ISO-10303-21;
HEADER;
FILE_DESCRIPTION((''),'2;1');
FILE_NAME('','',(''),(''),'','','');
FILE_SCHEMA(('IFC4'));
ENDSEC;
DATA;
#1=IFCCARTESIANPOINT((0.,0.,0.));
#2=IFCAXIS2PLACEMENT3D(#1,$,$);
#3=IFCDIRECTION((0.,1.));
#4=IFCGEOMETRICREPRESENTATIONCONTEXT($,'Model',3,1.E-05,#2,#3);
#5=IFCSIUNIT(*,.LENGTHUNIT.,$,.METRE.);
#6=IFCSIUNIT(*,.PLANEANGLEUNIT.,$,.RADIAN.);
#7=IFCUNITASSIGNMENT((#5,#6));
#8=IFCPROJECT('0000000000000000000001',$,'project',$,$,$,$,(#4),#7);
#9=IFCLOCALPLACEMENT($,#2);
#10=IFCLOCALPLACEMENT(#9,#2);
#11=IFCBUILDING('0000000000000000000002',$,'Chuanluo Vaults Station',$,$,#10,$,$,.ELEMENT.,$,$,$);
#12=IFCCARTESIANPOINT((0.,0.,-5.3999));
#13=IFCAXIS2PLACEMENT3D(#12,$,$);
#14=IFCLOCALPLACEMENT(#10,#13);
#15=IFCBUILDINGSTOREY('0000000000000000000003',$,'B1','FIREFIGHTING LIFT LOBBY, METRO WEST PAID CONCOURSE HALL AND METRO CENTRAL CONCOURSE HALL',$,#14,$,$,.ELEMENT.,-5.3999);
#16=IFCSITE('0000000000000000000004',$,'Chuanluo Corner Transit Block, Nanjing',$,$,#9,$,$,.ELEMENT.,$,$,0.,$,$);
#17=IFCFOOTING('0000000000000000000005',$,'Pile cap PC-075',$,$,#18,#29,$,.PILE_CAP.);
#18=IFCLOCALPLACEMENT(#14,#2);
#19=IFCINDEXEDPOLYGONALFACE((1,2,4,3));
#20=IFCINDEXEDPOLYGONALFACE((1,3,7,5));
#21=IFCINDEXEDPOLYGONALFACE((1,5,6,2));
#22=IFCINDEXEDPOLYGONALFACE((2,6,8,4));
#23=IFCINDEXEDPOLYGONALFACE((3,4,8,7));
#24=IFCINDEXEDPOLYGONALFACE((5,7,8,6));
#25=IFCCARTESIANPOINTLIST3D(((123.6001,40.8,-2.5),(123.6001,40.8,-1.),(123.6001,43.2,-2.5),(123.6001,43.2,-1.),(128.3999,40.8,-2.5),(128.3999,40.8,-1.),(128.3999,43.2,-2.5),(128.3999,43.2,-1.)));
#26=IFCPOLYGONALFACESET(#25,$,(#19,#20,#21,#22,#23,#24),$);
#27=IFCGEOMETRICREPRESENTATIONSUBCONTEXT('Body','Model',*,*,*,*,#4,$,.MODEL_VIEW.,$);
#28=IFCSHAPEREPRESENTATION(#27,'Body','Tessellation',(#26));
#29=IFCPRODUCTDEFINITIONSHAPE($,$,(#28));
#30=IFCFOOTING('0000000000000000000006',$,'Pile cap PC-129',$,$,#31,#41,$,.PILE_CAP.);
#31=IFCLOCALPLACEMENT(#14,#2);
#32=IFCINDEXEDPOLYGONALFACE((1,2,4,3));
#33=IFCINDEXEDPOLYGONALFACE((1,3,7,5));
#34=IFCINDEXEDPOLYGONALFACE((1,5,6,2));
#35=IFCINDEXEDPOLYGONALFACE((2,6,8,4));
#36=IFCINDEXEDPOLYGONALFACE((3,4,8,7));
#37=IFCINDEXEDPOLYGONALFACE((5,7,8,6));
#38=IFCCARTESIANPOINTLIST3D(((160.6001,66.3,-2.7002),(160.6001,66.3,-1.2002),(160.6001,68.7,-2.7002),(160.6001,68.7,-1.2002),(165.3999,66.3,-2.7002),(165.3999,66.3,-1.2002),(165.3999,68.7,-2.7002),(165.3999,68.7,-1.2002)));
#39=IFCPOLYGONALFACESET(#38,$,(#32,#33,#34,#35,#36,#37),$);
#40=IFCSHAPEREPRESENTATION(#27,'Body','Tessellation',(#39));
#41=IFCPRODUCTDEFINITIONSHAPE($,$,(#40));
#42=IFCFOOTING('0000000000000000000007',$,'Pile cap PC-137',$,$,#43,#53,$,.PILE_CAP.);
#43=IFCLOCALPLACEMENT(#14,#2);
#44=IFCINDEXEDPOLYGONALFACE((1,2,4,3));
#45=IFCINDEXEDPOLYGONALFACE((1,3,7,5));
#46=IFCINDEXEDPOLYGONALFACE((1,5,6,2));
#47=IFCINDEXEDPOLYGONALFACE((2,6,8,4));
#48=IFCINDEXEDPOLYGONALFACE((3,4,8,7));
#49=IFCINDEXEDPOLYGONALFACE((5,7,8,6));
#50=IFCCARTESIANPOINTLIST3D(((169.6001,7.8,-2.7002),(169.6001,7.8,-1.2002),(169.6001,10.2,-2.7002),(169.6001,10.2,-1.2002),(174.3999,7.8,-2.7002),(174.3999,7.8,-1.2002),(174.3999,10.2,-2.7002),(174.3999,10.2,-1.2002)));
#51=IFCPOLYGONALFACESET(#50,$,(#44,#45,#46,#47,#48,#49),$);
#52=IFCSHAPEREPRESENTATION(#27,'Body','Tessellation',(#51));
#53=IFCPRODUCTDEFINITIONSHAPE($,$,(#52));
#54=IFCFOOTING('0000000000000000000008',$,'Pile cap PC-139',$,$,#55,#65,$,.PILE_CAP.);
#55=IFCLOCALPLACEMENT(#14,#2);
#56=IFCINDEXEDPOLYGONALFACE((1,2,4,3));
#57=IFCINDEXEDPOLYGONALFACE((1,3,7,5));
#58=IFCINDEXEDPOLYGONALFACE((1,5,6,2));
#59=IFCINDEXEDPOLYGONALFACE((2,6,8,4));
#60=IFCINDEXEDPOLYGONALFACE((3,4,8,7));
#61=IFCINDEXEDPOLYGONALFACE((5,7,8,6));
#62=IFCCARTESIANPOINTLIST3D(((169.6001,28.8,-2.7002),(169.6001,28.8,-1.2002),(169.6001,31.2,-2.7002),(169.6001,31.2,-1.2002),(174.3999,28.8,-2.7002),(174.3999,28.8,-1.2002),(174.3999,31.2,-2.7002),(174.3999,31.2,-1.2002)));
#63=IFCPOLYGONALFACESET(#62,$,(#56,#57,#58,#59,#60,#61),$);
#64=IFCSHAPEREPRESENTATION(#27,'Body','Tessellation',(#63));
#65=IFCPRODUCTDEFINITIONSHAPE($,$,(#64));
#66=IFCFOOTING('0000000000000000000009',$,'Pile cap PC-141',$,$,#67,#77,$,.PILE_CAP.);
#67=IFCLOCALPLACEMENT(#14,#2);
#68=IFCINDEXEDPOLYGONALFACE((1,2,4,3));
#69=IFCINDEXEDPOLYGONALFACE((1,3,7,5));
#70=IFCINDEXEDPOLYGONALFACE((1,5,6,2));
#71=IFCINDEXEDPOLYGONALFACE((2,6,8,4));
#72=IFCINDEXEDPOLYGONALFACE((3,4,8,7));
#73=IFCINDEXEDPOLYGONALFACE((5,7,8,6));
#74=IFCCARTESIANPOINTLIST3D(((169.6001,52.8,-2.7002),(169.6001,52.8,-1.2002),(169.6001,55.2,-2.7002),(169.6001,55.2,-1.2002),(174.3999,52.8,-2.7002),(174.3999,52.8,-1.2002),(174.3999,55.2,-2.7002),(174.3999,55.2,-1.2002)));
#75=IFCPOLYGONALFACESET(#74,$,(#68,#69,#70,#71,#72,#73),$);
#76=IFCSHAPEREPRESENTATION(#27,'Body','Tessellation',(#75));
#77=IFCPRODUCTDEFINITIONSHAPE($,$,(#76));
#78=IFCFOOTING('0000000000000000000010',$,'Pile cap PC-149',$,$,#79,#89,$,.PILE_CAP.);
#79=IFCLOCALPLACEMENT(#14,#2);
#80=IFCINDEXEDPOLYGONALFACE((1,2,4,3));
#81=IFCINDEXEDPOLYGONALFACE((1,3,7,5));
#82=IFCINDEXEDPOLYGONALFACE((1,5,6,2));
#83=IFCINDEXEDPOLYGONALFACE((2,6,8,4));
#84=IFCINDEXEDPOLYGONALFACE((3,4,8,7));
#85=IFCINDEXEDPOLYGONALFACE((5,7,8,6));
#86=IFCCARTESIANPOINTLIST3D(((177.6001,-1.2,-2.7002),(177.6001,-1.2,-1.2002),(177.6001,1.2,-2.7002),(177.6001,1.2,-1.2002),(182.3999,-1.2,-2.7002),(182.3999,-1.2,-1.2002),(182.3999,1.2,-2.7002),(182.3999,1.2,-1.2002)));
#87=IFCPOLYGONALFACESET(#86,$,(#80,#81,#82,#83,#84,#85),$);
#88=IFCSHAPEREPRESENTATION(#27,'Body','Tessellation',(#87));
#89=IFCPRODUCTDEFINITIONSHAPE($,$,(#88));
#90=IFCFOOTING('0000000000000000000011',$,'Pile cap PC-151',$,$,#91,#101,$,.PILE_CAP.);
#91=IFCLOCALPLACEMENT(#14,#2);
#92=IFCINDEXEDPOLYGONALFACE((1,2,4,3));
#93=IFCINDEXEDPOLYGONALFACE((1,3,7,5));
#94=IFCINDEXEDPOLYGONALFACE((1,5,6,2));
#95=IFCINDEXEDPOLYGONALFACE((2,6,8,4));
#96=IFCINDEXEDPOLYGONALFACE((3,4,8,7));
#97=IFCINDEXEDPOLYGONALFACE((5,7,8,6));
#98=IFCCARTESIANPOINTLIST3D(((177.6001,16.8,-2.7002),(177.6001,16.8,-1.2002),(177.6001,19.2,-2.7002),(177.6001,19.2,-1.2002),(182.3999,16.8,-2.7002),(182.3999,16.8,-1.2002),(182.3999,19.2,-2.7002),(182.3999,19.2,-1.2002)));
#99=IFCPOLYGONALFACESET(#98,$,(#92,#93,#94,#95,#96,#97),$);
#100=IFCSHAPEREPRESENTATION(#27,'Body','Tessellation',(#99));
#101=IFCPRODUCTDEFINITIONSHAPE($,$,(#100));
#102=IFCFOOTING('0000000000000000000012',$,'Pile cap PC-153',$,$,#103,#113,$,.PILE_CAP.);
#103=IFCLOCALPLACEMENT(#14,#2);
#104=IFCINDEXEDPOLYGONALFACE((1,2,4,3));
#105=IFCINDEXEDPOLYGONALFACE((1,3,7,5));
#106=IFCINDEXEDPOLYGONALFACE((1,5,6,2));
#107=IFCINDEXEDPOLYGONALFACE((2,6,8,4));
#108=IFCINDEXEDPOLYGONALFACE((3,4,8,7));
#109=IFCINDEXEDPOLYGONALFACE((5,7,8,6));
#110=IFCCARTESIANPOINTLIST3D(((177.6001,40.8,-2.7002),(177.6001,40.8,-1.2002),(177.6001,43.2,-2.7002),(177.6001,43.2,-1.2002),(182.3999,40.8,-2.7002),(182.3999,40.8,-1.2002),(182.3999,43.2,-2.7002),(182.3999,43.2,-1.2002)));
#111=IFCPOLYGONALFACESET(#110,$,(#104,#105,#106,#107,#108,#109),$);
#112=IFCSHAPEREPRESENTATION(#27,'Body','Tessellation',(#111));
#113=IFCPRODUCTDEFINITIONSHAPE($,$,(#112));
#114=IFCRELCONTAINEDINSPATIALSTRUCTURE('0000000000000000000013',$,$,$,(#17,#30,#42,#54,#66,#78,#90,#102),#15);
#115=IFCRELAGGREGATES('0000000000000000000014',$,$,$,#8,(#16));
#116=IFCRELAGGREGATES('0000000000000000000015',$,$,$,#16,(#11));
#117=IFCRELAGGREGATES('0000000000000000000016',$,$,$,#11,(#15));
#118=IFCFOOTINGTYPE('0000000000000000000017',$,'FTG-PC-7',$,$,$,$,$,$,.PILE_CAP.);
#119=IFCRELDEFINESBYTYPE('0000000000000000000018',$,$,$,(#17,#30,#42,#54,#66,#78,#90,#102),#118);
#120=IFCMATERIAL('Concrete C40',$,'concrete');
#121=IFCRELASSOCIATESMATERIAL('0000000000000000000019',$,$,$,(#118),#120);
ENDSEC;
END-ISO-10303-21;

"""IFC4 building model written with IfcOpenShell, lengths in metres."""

from ifc_helpers import new_model, si_unit, direction, frame, origin, place, context, subcontext, project, spatial, polyline, outline, extrude, material, type_object, element, save


model = new_model("IFC4")

# Units and contexts
model_context = context("Model", 3, precision=1e-05, world=origin(), true_north=direction((0.0, 1.0)))
body_context = subcontext(model_context, "Body", "Model", "MODEL_VIEW")
ifc_project = project(units=[si_unit("LENGTHUNIT", "METRE"), si_unit("PLANEANGLEUNIT", "RADIAN")], contexts=[model_context])

# Site, building, storey
site_placement = place(None, origin())
site = spatial("IfcSite", under=ifc_project, at=site_placement, Name="Chuanluo Corner Transit Block, Nanjing", CompositionType="ELEMENT", RefElevation=0.0)
building_placement = place(site_placement, origin())
building = spatial("IfcBuilding", under=site, at=building_placement, Name="Chuanluo Vaults Station", CompositionType="ELEMENT")
storey_placement = place(building_placement, frame((0.0, 0.0, -5.3999)))
storey = spatial("IfcBuildingStorey", under=building, at=storey_placement, Name="B1", Description="FIREFIGHTING LIFT LOBBY, METRO WEST PAID CONCOURSE HALL AND METRO CENTRAL CONCOURSE HALL", CompositionType="ELEMENT", Elevation=-5.3999)

# Footings
ifc_material_1 = material(Name="Concrete C40", Category="concrete")
footing_type_1 = type_object("IfcFootingType", Name="FTG-PC-7", PredefinedType="PILE_CAP", material=ifc_material_1)
footing_1_placement = place(storey_placement, frame((0.0, 0.0, -2.5)))
element("IfcFooting", 1, at=footing_1_placement, inside=storey, type_object=footing_type_1, Name="Pile cap PC-075", PredefinedType="PILE_CAP", context=body_context, shape_type="SweptSolid", body=[
    extrude(outline(polyline([(123.6001, 40.8), (128.3999, 40.8), (128.3999, 43.2), (123.6001, 43.2), (123.6001, 40.8)])), origin(), (0.0, 0.0, 1.0), 1.5),
])
footing_2_placement = place(storey_placement, frame((0.0, 0.0, -2.7002)))
element("IfcFooting", 2, at=footing_2_placement, inside=storey, type_object=footing_type_1, Name="Pile cap PC-129", PredefinedType="PILE_CAP", context=body_context, shape_type="SweptSolid", body=[
    extrude(outline(polyline([(160.6001, 66.3), (165.3999, 66.3), (165.3999, 68.7), (160.6001, 68.7), (160.6001, 66.3)])), origin(), (0.0, 0.0, 1.0), 1.5),
])
footing_3_placement = place(storey_placement, frame((0.0, 0.0, -2.7002)))
element("IfcFooting", 3, at=footing_3_placement, inside=storey, type_object=footing_type_1, Name="Pile cap PC-137", PredefinedType="PILE_CAP", context=body_context, shape_type="SweptSolid", body=[
    extrude(outline(polyline([(169.6001, 7.8), (174.3999, 7.8), (174.3999, 10.2), (169.6001, 10.2), (169.6001, 7.8)])), origin(), (0.0, 0.0, 1.0), 1.5),
])
footing_4_placement = place(storey_placement, frame((0.0, 0.0, -2.7002)))
element("IfcFooting", 4, at=footing_4_placement, inside=storey, type_object=footing_type_1, Name="Pile cap PC-139", PredefinedType="PILE_CAP", context=body_context, shape_type="SweptSolid", body=[
    extrude(outline(polyline([(169.6001, 28.8), (174.3999, 28.8), (174.3999, 31.2), (169.6001, 31.2), (169.6001, 28.8)])), origin(), (0.0, 0.0, 1.0), 1.5),
])
footing_5_placement = place(storey_placement, frame((0.0, 0.0, -2.7002)))
element("IfcFooting", 5, at=footing_5_placement, inside=storey, type_object=footing_type_1, Name="Pile cap PC-141", PredefinedType="PILE_CAP", context=body_context, shape_type="SweptSolid", body=[
    extrude(outline(polyline([(169.6001, 52.8), (174.3999, 52.8), (174.3999, 55.2), (169.6001, 55.2), (169.6001, 52.8)])), origin(), (0.0, 0.0, 1.0), 1.5),
])
footing_6_placement = place(storey_placement, frame((0.0, 0.0, -2.7002)))
element("IfcFooting", 6, at=footing_6_placement, inside=storey, type_object=footing_type_1, Name="Pile cap PC-149", PredefinedType="PILE_CAP", context=body_context, shape_type="SweptSolid", body=[
    extrude(outline(polyline([(177.6001, -1.2), (182.3999, -1.2), (182.3999, 1.2), (177.6001, 1.2), (177.6001, -1.2)])), origin(), (0.0, 0.0, 1.0), 1.5),
])
footing_7_placement = place(storey_placement, frame((0.0, 0.0, -2.7002)))
element("IfcFooting", 7, at=footing_7_placement, inside=storey, type_object=footing_type_1, Name="Pile cap PC-151", PredefinedType="PILE_CAP", context=body_context, shape_type="SweptSolid", body=[
    extrude(outline(polyline([(177.6001, 16.8), (182.3999, 16.8), (182.3999, 19.2), (177.6001, 19.2), (177.6001, 16.8)])), origin(), (0.0, 0.0, 1.0), 1.5),
])
footing_8_placement = place(storey_placement, frame((0.0, 0.0, -2.7002)))
element("IfcFooting", 8, at=footing_8_placement, inside=storey, type_object=footing_type_1, Name="Pile cap PC-153", PredefinedType="PILE_CAP", context=body_context, shape_type="SweptSolid", body=[
    extrude(outline(polyline([(177.6001, 40.8), (182.3999, 40.8), (182.3999, 43.2), (177.6001, 43.2), (177.6001, 40.8)])), origin(), (0.0, 0.0, 1.0), 1.5),
])

save(model, "model.ifc")
